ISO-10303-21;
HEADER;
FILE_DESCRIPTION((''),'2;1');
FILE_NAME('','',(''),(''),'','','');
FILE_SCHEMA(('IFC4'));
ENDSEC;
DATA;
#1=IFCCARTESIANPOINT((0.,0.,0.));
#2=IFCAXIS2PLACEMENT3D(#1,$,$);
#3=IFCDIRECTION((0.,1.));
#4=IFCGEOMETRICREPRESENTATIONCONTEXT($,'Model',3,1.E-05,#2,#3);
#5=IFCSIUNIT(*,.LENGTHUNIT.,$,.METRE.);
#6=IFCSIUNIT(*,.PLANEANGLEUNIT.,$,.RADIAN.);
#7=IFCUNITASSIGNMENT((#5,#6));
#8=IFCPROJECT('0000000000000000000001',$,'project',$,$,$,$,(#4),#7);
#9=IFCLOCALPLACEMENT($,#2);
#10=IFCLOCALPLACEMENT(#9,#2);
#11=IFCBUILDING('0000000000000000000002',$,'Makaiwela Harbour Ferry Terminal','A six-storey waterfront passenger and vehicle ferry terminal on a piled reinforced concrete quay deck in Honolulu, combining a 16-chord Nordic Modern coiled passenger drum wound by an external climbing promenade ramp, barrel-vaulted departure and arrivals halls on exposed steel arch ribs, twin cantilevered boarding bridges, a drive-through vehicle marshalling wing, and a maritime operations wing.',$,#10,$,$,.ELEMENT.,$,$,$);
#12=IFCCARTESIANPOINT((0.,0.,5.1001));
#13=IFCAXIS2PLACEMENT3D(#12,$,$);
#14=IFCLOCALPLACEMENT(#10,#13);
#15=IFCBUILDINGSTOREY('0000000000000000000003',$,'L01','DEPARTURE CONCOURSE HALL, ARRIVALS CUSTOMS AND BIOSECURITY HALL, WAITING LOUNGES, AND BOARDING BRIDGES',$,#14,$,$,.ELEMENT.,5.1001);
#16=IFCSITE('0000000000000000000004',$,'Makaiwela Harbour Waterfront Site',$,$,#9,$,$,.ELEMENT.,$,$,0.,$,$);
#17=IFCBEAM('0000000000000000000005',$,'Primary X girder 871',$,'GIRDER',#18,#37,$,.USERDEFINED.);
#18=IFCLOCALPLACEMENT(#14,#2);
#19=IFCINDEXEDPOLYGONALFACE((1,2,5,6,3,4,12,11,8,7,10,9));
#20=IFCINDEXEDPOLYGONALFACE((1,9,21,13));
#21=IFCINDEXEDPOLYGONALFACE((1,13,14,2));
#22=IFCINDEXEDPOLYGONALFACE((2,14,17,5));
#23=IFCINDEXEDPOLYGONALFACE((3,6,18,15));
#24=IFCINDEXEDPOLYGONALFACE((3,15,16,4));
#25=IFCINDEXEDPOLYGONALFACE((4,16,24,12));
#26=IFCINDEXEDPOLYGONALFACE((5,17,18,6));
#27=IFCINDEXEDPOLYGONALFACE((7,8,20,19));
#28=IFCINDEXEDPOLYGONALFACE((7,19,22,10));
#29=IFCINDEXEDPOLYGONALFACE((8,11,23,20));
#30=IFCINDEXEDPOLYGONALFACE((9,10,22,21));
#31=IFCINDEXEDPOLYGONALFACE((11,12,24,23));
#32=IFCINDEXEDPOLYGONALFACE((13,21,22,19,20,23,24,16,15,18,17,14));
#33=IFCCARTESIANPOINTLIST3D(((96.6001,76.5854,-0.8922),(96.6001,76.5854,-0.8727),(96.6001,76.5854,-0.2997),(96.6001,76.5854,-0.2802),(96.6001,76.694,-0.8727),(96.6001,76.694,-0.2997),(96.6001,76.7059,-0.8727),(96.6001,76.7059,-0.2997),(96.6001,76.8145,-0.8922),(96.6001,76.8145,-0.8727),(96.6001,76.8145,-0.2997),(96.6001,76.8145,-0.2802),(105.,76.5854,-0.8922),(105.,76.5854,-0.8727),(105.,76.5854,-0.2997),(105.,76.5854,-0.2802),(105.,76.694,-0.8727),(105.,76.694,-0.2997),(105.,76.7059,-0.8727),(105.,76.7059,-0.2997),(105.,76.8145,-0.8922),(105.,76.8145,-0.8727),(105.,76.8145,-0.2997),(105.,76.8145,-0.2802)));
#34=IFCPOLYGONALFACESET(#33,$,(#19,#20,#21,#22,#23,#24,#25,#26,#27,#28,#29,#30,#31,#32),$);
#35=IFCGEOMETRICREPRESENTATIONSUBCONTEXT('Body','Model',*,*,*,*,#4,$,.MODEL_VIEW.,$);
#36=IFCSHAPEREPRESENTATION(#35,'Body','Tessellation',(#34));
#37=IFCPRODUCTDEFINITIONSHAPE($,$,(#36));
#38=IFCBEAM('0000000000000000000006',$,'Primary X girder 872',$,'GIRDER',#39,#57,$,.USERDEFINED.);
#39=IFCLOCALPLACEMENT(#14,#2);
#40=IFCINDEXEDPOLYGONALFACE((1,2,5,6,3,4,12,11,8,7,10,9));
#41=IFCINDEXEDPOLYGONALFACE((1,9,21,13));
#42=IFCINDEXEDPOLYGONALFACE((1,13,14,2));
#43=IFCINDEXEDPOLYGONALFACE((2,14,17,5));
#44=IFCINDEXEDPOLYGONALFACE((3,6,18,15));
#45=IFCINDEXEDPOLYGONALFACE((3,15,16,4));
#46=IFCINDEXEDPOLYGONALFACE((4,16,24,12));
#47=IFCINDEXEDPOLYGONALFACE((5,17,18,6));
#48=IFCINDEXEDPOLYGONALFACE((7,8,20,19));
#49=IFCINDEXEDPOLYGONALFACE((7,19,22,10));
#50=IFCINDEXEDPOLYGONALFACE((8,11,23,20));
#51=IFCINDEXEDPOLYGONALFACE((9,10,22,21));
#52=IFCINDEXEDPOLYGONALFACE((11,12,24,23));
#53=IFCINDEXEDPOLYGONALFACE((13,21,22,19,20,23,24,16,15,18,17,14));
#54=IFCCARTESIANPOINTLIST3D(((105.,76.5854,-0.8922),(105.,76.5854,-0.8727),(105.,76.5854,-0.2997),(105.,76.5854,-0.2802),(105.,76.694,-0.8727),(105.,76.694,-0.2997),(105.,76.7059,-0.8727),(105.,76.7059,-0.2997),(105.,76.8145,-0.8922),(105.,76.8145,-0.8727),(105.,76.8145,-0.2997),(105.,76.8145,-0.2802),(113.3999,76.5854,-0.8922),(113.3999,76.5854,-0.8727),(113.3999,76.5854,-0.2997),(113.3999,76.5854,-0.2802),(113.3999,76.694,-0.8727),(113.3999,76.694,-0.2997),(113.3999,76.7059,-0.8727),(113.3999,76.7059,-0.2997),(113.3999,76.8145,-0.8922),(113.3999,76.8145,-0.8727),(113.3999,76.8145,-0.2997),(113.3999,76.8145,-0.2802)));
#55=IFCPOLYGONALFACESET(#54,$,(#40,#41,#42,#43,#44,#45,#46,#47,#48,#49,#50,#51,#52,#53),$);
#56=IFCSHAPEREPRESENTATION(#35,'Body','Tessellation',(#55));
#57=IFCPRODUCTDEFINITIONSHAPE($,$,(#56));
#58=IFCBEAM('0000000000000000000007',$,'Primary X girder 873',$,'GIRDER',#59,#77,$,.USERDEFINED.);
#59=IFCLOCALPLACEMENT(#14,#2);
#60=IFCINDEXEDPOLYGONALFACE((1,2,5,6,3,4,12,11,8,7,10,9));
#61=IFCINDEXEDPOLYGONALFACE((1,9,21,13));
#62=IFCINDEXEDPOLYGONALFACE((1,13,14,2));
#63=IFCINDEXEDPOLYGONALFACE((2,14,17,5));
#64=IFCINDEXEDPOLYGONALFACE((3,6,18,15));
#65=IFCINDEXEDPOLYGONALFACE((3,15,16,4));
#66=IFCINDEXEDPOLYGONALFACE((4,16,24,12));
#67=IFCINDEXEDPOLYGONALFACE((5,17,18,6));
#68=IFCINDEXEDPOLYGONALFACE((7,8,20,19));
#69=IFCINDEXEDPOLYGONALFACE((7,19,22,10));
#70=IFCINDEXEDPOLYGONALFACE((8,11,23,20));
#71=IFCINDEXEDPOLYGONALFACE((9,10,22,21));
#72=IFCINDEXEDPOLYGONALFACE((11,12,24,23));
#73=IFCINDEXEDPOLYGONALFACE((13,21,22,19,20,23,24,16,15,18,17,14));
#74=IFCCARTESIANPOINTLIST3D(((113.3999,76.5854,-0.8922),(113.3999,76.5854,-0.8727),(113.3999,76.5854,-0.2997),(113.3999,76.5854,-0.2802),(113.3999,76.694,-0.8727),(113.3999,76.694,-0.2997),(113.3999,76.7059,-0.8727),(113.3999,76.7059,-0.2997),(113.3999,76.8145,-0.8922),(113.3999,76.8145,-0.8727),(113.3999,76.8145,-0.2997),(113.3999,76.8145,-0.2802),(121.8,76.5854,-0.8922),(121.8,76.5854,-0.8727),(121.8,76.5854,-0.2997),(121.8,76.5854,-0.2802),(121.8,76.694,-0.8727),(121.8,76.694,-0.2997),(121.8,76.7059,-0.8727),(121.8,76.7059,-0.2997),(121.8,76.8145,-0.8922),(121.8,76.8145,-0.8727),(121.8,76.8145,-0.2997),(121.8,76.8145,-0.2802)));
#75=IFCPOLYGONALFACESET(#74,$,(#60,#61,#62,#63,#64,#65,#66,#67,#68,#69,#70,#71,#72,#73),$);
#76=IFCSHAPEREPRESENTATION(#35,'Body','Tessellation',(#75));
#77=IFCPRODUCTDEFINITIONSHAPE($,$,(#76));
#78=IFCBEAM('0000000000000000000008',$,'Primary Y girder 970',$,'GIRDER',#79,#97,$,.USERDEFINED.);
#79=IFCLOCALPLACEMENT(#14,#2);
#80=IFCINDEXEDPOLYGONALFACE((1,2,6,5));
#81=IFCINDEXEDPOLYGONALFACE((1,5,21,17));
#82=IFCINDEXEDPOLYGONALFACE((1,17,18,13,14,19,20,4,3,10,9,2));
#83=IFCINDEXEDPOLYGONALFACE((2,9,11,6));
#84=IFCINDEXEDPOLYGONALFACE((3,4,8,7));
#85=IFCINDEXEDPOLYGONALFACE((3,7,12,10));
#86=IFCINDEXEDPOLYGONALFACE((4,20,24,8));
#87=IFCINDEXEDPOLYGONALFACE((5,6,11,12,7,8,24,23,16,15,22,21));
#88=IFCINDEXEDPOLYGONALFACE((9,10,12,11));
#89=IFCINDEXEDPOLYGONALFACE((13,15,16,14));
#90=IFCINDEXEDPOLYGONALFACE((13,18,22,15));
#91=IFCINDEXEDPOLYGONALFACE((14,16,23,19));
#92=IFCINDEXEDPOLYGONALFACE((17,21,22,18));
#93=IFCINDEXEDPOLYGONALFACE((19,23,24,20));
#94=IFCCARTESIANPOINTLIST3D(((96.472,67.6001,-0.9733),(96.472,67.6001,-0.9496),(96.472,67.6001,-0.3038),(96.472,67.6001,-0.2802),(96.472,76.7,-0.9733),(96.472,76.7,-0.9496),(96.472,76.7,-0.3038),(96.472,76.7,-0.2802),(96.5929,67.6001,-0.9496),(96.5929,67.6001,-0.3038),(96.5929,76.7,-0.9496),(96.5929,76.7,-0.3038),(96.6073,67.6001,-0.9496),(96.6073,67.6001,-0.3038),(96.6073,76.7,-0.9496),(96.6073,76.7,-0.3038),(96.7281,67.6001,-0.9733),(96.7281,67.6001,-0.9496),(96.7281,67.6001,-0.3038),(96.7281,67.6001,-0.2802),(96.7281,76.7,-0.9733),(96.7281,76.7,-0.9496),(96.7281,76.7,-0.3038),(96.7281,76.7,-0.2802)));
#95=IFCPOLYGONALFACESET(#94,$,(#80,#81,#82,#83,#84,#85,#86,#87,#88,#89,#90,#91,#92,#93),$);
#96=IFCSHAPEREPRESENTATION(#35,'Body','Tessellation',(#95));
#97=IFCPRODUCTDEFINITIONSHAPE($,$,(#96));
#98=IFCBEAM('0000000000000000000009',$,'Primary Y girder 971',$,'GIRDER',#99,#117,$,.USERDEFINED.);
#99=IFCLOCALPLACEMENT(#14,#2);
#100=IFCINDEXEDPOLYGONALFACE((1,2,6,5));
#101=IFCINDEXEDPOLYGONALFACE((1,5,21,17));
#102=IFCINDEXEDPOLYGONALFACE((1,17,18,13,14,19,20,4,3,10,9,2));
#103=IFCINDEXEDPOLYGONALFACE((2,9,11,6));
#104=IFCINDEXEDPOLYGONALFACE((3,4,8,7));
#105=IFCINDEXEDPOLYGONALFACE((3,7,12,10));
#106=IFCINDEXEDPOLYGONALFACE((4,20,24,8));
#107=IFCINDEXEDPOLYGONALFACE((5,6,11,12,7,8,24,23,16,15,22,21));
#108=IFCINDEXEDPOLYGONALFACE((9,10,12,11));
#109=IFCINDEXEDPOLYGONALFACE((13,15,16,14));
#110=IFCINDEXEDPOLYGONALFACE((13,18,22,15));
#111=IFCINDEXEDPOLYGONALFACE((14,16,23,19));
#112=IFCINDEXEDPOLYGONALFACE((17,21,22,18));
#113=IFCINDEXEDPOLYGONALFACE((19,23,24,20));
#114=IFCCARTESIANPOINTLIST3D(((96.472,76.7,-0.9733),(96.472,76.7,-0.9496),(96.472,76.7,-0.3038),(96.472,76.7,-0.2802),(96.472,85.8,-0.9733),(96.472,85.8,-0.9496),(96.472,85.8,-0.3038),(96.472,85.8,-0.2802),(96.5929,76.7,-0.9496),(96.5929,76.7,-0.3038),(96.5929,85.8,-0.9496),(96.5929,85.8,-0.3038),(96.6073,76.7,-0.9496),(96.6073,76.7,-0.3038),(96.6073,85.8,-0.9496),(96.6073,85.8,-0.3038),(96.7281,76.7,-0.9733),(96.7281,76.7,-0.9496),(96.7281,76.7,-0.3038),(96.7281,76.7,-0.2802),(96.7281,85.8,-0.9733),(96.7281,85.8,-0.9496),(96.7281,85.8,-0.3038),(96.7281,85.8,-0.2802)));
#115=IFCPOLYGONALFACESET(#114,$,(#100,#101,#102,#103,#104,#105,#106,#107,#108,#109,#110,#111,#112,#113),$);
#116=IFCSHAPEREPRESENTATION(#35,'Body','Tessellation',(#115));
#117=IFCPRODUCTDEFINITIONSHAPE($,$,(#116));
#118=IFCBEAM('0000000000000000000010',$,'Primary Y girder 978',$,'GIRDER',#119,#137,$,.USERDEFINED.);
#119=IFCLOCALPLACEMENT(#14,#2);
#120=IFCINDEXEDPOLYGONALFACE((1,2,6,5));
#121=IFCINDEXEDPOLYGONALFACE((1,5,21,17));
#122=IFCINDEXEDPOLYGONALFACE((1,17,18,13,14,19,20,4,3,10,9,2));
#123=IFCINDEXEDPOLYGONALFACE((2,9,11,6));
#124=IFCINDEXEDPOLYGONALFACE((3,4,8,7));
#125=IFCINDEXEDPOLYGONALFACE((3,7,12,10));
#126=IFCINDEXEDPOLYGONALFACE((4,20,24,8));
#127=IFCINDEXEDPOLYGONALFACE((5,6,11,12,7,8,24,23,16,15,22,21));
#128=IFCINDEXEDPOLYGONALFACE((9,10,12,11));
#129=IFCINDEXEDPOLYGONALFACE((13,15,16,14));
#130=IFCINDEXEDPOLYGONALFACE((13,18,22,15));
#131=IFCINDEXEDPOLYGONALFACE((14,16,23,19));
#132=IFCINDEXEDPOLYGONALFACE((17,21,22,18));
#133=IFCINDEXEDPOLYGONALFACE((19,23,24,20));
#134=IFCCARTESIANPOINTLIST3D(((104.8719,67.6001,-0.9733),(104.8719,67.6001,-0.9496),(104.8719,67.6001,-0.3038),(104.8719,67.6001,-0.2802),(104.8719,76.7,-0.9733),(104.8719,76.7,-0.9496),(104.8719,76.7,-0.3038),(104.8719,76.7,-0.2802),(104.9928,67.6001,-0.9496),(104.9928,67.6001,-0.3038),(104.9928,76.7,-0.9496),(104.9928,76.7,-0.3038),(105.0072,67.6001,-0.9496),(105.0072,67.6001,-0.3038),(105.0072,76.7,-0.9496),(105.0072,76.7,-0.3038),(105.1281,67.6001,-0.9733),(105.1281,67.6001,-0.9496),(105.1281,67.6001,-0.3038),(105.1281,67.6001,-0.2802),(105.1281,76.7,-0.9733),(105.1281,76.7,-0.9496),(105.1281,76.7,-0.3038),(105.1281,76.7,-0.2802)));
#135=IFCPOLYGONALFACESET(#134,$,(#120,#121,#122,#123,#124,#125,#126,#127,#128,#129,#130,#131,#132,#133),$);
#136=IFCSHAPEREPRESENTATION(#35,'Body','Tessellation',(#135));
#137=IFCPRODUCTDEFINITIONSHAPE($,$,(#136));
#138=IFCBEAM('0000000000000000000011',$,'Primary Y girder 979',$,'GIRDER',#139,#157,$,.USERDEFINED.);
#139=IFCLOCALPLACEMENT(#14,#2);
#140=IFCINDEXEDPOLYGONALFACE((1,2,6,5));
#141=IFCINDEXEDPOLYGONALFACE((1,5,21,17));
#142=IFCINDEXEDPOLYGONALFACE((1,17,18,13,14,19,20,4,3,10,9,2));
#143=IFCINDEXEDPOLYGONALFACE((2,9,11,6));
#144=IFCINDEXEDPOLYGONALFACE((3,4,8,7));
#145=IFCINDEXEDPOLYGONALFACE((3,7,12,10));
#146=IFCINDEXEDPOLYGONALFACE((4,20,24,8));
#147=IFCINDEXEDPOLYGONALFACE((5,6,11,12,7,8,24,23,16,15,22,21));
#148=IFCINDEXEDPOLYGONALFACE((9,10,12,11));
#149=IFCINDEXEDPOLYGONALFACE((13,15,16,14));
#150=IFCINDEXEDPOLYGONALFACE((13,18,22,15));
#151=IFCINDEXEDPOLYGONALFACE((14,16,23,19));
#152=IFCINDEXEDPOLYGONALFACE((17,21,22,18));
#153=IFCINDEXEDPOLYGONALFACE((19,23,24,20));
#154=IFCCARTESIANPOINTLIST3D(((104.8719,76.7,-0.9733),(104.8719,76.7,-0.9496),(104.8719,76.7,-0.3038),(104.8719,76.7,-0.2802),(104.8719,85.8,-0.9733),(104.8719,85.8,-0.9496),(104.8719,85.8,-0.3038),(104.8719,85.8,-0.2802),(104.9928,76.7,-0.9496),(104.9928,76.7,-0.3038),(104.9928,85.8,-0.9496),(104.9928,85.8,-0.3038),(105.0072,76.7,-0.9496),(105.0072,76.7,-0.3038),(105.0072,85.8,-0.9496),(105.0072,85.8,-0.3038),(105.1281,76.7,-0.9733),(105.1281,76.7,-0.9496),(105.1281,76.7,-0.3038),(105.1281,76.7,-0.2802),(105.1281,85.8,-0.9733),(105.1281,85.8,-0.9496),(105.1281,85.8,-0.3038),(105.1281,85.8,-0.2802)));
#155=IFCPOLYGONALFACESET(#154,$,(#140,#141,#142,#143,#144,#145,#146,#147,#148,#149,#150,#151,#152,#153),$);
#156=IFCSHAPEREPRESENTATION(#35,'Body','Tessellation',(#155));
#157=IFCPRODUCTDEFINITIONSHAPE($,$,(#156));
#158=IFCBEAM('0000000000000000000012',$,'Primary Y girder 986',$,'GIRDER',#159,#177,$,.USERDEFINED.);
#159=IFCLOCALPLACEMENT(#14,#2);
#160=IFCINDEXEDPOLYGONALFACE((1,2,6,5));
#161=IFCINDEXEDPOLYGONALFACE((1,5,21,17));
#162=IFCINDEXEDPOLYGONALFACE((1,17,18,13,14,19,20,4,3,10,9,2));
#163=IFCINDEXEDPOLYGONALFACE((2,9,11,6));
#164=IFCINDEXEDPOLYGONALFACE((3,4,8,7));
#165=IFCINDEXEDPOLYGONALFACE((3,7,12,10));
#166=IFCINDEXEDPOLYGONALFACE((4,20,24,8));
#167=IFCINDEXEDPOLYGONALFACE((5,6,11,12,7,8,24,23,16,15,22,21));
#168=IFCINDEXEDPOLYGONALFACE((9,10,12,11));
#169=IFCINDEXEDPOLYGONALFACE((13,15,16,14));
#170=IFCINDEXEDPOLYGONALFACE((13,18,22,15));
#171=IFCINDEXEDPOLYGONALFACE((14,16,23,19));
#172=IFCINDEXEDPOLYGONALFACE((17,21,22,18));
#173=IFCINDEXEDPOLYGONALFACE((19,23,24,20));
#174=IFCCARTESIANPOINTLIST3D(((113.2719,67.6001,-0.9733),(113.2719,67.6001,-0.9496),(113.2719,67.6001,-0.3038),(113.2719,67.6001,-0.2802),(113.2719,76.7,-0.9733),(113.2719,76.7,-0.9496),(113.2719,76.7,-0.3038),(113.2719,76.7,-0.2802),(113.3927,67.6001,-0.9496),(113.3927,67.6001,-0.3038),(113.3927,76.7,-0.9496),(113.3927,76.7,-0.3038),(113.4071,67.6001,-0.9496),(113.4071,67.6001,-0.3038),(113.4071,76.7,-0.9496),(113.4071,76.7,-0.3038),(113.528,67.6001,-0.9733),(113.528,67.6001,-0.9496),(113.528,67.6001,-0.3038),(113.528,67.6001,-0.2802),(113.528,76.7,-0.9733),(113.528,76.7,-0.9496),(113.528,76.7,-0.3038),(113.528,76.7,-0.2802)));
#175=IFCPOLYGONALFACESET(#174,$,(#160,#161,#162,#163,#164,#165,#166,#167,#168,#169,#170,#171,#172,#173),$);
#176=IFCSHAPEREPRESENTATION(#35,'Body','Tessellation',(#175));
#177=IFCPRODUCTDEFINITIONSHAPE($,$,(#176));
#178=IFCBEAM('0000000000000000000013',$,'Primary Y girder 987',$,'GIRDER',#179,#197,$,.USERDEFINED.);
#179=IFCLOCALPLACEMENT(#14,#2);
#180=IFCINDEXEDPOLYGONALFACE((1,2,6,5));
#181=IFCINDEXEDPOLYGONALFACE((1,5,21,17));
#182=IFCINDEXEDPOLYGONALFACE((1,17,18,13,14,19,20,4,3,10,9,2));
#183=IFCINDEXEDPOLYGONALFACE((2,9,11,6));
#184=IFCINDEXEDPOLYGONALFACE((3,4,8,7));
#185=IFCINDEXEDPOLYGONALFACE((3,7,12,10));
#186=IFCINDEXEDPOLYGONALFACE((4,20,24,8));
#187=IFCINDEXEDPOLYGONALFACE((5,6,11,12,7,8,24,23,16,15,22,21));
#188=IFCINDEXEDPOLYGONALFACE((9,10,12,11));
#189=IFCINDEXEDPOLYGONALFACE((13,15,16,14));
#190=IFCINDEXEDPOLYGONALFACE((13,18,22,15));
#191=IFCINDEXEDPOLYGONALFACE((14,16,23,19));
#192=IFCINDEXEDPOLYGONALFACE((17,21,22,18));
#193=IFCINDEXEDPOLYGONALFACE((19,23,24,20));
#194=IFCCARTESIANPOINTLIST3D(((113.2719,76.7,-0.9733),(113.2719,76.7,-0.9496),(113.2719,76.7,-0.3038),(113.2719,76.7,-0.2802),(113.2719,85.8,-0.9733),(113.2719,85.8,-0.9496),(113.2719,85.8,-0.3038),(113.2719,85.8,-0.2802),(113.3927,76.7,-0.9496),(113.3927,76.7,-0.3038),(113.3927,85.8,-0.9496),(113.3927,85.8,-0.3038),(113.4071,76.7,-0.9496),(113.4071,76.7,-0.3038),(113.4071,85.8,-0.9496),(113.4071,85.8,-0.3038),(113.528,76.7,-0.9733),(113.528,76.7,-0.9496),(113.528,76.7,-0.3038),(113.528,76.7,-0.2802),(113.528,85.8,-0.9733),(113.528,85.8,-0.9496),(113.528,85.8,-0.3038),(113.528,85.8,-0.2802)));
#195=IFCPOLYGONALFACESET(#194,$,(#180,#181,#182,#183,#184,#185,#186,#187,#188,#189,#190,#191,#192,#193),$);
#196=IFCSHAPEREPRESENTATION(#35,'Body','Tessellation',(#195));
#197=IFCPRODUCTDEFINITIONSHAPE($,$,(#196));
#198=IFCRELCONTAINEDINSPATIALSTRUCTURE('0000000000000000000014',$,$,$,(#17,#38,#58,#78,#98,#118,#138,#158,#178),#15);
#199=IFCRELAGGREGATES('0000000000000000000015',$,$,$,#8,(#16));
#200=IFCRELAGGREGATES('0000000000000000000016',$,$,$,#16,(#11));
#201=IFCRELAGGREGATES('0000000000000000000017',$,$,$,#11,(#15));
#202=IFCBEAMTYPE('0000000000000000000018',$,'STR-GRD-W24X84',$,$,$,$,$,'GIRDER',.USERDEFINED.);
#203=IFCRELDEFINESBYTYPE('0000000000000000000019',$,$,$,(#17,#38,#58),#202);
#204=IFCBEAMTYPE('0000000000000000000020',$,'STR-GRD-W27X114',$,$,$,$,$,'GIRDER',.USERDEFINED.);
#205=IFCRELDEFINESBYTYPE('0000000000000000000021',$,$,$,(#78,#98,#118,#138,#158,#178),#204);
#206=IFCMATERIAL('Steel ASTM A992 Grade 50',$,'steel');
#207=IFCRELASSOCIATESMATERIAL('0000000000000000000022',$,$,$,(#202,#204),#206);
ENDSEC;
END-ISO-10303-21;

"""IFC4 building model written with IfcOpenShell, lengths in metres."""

from ifc_helpers import new_model, si_unit, direction, frame, origin, origin_2d, place, context, subcontext, project, spatial, i_section, extrude, material, material_profile, profile_set, type_object, element, save


model = new_model("IFC4")

# Units and contexts
model_context = context("Model", 3, precision=1e-05, world=origin(), true_north=direction((0.0, 1.0)))
body_context = subcontext(model_context, "Body", "Model", "MODEL_VIEW")
ifc_project = project(units=[si_unit("LENGTHUNIT", "METRE"), si_unit("PLANEANGLEUNIT", "RADIAN")], contexts=[model_context])

# Site, building, storey
site_placement = place(None, origin())
site = spatial("IfcSite", under=ifc_project, at=site_placement, Name="Makaiwela Harbour Waterfront Site", CompositionType="ELEMENT", RefElevation=0.0)
building_placement = place(site_placement, origin())
building = spatial("IfcBuilding", under=site, at=building_placement, Name="Makaiwela Harbour Ferry Terminal", Description="A six-storey waterfront passenger and vehicle ferry terminal on a piled reinforced concrete quay deck in Honolulu, combining a 16-chord Nordic Modern coiled passenger drum wound by an external climbing promenade ramp, barrel-vaulted departure and arrivals halls on exposed steel arch ribs, twin cantilevered boarding bridges, a drive-through vehicle marshalling wing, and a maritime operations wing.", CompositionType="ELEMENT")
storey_placement = place(building_placement, frame((0.0, 0.0, 5.1001)))
storey = spatial("IfcBuildingStorey", under=building, at=storey_placement, Name="L01", Description="DEPARTURE CONCOURSE HALL, ARRIVALS CUSTOMS AND BIOSECURITY HALL, WAITING LOUNGES, AND BOARDING BRIDGES", CompositionType="ELEMENT", Elevation=5.1001)

# Shared definitions
ifc_material = material(Name="Steel ASTM A992 Grade 50", Category="steel")

# Beams
ifc_material_profile_1 = material_profile(ifc_material, i_section(OverallWidth=0.229, OverallDepth=0.6121, WebThickness=0.012, FlangeThickness=0.0195, at=origin_2d()), Name="W24X84")
ifc_profile_set_1 = profile_set([ifc_material_profile_1], Name="Steel ASTM A992 Grade 50")
beam_type_1 = type_object("IfcBeamType", Name="STR-GRD-W24X84", ElementType="GIRDER", PredefinedType="USERDEFINED", material=ifc_profile_set_1)
for number, where, z_axis, x_axis, name in (
    (1, (96.6001, 76.7, -0.5862), (1.0, 0.0, 0.0), (0.0, 1.0, 0.0), "Primary X girder 871"),
    (2, (105.0, 76.7, -0.5862), (1.0, 0.0, 0.0), (0.0, 1.0, 0.0), "Primary X girder 872"),
):
    element("IfcBeam", number, at=place(storey_placement, frame(where, z_axis=z_axis, x_axis=x_axis)), inside=storey, type_object=beam_type_1, Name=name, ObjectType="GIRDER", PredefinedType="USERDEFINED", context=body_context, shape_type="SweptSolid", body=[
        extrude(i_section(OverallWidth=0.229, OverallDepth=0.6121, WebThickness=0.012, FlangeThickness=0.0195, at=origin_2d()), origin(), (0.0, 0.0, 1.0), 8.3999),
    ])
beam_1_placement = place(storey_placement, frame((113.3999, 76.7, -0.5862), z_axis=(1.0, 0.0, 0.0), x_axis=(0.0, 1.0, 0.0)))
element("IfcBeam", 3, at=beam_1_placement, inside=storey, type_object=beam_type_1, Name="Primary X girder 873", ObjectType="GIRDER", PredefinedType="USERDEFINED", context=body_context, shape_type="SweptSolid", body=[
    extrude(i_section(OverallWidth=0.229, OverallDepth=0.6121, WebThickness=0.012, FlangeThickness=0.0195, at=origin_2d()), origin(), (0.0, 0.0, 1.0), 8.4001),
])
ifc_material_profile_2 = material_profile(ifc_material, i_section(OverallWidth=0.2561, OverallDepth=0.6931, WebThickness=0.0144, FlangeThickness=0.0237, at=origin_2d()), Name="W27X114")
ifc_profile_set_2 = profile_set([ifc_material_profile_2], Name="Steel ASTM A992 Grade 50")
beam_type_2 = type_object("IfcBeamType", Name="STR-GRD-W27X114", ElementType="GIRDER", PredefinedType="USERDEFINED", material=ifc_profile_set_2)
beam_2_placement = place(storey_placement, frame((96.6001, 67.6001, -0.6267), z_axis=(0.0, 1.0, 0.0), x_axis=(-1.0, 0.0, 0.0)))
element("IfcBeam", 4, at=beam_2_placement, inside=storey, type_object=beam_type_2, Name="Primary Y girder 970", ObjectType="GIRDER", PredefinedType="USERDEFINED", context=body_context, shape_type="SweptSolid", body=[
    extrude(i_section(OverallWidth=0.2561, OverallDepth=0.6931, WebThickness=0.0144, FlangeThickness=0.0237, at=origin_2d()), origin(), (0.0, 0.0, 1.0), 9.0999),
])
beam_3_placement = place(storey_placement, frame((96.6001, 76.7, -0.6267), z_axis=(0.0, 1.0, 0.0), x_axis=(-1.0, 0.0, 0.0)))
element("IfcBeam", 5, at=beam_3_placement, inside=storey, type_object=beam_type_2, Name="Primary Y girder 971", ObjectType="GIRDER", PredefinedType="USERDEFINED", context=body_context, shape_type="SweptSolid", body=[
    extrude(i_section(OverallWidth=0.2561, OverallDepth=0.6931, WebThickness=0.0144, FlangeThickness=0.0237, at=origin_2d()), origin(), (0.0, 0.0, 1.0), 9.1001),
])
beam_4_placement = place(storey_placement, frame((105.0, 67.6001, -0.6267), z_axis=(0.0, 1.0, 0.0), x_axis=(-1.0, 0.0, 0.0)))
element("IfcBeam", 6, at=beam_4_placement, inside=storey, type_object=beam_type_2, Name="Primary Y girder 978", ObjectType="GIRDER", PredefinedType="USERDEFINED", context=body_context, shape_type="SweptSolid", body=[
    extrude(i_section(OverallWidth=0.2561, OverallDepth=0.6931, WebThickness=0.0144, FlangeThickness=0.0237, at=origin_2d()), origin(), (0.0, 0.0, 1.0), 9.0999),
])
beam_5_placement = place(storey_placement, frame((105.0, 76.7, -0.6267), z_axis=(0.0, 1.0, 0.0), x_axis=(-1.0, 0.0, 0.0)))
element("IfcBeam", 7, at=beam_5_placement, inside=storey, type_object=beam_type_2, Name="Primary Y girder 979", ObjectType="GIRDER", PredefinedType="USERDEFINED", context=body_context, shape_type="SweptSolid", body=[
    extrude(i_section(OverallWidth=0.2561, OverallDepth=0.6931, WebThickness=0.0144, FlangeThickness=0.0237, at=origin_2d()), origin(), (0.0, 0.0, 1.0), 9.1001),
])
beam_6_placement = place(storey_placement, frame((113.3999, 67.6001, -0.6267), z_axis=(0.0, 1.0, 0.0), x_axis=(-1.0, 0.0, 0.0)))
element("IfcBeam", 8, at=beam_6_placement, inside=storey, type_object=beam_type_2, Name="Primary Y girder 986", ObjectType="GIRDER", PredefinedType="USERDEFINED", context=body_context, shape_type="SweptSolid", body=[
    extrude(i_section(OverallWidth=0.2561, OverallDepth=0.6931, WebThickness=0.0144, FlangeThickness=0.0237, at=origin_2d()), origin(), (0.0, 0.0, 1.0), 9.0999),
])
beam_7_placement = place(storey_placement, frame((113.3999, 76.7, -0.6267), z_axis=(0.0, 1.0, 0.0), x_axis=(-1.0, 0.0, 0.0)))
element("IfcBeam", 9, at=beam_7_placement, inside=storey, type_object=beam_type_2, Name="Primary Y girder 987", ObjectType="GIRDER", PredefinedType="USERDEFINED", context=body_context, shape_type="SweptSolid", body=[
    extrude(i_section(OverallWidth=0.2561, OverallDepth=0.6931, WebThickness=0.0144, FlangeThickness=0.0237, at=origin_2d()), origin(), (0.0, 0.0, 1.0), 9.1001),
])

save(model, "model.ifc")
